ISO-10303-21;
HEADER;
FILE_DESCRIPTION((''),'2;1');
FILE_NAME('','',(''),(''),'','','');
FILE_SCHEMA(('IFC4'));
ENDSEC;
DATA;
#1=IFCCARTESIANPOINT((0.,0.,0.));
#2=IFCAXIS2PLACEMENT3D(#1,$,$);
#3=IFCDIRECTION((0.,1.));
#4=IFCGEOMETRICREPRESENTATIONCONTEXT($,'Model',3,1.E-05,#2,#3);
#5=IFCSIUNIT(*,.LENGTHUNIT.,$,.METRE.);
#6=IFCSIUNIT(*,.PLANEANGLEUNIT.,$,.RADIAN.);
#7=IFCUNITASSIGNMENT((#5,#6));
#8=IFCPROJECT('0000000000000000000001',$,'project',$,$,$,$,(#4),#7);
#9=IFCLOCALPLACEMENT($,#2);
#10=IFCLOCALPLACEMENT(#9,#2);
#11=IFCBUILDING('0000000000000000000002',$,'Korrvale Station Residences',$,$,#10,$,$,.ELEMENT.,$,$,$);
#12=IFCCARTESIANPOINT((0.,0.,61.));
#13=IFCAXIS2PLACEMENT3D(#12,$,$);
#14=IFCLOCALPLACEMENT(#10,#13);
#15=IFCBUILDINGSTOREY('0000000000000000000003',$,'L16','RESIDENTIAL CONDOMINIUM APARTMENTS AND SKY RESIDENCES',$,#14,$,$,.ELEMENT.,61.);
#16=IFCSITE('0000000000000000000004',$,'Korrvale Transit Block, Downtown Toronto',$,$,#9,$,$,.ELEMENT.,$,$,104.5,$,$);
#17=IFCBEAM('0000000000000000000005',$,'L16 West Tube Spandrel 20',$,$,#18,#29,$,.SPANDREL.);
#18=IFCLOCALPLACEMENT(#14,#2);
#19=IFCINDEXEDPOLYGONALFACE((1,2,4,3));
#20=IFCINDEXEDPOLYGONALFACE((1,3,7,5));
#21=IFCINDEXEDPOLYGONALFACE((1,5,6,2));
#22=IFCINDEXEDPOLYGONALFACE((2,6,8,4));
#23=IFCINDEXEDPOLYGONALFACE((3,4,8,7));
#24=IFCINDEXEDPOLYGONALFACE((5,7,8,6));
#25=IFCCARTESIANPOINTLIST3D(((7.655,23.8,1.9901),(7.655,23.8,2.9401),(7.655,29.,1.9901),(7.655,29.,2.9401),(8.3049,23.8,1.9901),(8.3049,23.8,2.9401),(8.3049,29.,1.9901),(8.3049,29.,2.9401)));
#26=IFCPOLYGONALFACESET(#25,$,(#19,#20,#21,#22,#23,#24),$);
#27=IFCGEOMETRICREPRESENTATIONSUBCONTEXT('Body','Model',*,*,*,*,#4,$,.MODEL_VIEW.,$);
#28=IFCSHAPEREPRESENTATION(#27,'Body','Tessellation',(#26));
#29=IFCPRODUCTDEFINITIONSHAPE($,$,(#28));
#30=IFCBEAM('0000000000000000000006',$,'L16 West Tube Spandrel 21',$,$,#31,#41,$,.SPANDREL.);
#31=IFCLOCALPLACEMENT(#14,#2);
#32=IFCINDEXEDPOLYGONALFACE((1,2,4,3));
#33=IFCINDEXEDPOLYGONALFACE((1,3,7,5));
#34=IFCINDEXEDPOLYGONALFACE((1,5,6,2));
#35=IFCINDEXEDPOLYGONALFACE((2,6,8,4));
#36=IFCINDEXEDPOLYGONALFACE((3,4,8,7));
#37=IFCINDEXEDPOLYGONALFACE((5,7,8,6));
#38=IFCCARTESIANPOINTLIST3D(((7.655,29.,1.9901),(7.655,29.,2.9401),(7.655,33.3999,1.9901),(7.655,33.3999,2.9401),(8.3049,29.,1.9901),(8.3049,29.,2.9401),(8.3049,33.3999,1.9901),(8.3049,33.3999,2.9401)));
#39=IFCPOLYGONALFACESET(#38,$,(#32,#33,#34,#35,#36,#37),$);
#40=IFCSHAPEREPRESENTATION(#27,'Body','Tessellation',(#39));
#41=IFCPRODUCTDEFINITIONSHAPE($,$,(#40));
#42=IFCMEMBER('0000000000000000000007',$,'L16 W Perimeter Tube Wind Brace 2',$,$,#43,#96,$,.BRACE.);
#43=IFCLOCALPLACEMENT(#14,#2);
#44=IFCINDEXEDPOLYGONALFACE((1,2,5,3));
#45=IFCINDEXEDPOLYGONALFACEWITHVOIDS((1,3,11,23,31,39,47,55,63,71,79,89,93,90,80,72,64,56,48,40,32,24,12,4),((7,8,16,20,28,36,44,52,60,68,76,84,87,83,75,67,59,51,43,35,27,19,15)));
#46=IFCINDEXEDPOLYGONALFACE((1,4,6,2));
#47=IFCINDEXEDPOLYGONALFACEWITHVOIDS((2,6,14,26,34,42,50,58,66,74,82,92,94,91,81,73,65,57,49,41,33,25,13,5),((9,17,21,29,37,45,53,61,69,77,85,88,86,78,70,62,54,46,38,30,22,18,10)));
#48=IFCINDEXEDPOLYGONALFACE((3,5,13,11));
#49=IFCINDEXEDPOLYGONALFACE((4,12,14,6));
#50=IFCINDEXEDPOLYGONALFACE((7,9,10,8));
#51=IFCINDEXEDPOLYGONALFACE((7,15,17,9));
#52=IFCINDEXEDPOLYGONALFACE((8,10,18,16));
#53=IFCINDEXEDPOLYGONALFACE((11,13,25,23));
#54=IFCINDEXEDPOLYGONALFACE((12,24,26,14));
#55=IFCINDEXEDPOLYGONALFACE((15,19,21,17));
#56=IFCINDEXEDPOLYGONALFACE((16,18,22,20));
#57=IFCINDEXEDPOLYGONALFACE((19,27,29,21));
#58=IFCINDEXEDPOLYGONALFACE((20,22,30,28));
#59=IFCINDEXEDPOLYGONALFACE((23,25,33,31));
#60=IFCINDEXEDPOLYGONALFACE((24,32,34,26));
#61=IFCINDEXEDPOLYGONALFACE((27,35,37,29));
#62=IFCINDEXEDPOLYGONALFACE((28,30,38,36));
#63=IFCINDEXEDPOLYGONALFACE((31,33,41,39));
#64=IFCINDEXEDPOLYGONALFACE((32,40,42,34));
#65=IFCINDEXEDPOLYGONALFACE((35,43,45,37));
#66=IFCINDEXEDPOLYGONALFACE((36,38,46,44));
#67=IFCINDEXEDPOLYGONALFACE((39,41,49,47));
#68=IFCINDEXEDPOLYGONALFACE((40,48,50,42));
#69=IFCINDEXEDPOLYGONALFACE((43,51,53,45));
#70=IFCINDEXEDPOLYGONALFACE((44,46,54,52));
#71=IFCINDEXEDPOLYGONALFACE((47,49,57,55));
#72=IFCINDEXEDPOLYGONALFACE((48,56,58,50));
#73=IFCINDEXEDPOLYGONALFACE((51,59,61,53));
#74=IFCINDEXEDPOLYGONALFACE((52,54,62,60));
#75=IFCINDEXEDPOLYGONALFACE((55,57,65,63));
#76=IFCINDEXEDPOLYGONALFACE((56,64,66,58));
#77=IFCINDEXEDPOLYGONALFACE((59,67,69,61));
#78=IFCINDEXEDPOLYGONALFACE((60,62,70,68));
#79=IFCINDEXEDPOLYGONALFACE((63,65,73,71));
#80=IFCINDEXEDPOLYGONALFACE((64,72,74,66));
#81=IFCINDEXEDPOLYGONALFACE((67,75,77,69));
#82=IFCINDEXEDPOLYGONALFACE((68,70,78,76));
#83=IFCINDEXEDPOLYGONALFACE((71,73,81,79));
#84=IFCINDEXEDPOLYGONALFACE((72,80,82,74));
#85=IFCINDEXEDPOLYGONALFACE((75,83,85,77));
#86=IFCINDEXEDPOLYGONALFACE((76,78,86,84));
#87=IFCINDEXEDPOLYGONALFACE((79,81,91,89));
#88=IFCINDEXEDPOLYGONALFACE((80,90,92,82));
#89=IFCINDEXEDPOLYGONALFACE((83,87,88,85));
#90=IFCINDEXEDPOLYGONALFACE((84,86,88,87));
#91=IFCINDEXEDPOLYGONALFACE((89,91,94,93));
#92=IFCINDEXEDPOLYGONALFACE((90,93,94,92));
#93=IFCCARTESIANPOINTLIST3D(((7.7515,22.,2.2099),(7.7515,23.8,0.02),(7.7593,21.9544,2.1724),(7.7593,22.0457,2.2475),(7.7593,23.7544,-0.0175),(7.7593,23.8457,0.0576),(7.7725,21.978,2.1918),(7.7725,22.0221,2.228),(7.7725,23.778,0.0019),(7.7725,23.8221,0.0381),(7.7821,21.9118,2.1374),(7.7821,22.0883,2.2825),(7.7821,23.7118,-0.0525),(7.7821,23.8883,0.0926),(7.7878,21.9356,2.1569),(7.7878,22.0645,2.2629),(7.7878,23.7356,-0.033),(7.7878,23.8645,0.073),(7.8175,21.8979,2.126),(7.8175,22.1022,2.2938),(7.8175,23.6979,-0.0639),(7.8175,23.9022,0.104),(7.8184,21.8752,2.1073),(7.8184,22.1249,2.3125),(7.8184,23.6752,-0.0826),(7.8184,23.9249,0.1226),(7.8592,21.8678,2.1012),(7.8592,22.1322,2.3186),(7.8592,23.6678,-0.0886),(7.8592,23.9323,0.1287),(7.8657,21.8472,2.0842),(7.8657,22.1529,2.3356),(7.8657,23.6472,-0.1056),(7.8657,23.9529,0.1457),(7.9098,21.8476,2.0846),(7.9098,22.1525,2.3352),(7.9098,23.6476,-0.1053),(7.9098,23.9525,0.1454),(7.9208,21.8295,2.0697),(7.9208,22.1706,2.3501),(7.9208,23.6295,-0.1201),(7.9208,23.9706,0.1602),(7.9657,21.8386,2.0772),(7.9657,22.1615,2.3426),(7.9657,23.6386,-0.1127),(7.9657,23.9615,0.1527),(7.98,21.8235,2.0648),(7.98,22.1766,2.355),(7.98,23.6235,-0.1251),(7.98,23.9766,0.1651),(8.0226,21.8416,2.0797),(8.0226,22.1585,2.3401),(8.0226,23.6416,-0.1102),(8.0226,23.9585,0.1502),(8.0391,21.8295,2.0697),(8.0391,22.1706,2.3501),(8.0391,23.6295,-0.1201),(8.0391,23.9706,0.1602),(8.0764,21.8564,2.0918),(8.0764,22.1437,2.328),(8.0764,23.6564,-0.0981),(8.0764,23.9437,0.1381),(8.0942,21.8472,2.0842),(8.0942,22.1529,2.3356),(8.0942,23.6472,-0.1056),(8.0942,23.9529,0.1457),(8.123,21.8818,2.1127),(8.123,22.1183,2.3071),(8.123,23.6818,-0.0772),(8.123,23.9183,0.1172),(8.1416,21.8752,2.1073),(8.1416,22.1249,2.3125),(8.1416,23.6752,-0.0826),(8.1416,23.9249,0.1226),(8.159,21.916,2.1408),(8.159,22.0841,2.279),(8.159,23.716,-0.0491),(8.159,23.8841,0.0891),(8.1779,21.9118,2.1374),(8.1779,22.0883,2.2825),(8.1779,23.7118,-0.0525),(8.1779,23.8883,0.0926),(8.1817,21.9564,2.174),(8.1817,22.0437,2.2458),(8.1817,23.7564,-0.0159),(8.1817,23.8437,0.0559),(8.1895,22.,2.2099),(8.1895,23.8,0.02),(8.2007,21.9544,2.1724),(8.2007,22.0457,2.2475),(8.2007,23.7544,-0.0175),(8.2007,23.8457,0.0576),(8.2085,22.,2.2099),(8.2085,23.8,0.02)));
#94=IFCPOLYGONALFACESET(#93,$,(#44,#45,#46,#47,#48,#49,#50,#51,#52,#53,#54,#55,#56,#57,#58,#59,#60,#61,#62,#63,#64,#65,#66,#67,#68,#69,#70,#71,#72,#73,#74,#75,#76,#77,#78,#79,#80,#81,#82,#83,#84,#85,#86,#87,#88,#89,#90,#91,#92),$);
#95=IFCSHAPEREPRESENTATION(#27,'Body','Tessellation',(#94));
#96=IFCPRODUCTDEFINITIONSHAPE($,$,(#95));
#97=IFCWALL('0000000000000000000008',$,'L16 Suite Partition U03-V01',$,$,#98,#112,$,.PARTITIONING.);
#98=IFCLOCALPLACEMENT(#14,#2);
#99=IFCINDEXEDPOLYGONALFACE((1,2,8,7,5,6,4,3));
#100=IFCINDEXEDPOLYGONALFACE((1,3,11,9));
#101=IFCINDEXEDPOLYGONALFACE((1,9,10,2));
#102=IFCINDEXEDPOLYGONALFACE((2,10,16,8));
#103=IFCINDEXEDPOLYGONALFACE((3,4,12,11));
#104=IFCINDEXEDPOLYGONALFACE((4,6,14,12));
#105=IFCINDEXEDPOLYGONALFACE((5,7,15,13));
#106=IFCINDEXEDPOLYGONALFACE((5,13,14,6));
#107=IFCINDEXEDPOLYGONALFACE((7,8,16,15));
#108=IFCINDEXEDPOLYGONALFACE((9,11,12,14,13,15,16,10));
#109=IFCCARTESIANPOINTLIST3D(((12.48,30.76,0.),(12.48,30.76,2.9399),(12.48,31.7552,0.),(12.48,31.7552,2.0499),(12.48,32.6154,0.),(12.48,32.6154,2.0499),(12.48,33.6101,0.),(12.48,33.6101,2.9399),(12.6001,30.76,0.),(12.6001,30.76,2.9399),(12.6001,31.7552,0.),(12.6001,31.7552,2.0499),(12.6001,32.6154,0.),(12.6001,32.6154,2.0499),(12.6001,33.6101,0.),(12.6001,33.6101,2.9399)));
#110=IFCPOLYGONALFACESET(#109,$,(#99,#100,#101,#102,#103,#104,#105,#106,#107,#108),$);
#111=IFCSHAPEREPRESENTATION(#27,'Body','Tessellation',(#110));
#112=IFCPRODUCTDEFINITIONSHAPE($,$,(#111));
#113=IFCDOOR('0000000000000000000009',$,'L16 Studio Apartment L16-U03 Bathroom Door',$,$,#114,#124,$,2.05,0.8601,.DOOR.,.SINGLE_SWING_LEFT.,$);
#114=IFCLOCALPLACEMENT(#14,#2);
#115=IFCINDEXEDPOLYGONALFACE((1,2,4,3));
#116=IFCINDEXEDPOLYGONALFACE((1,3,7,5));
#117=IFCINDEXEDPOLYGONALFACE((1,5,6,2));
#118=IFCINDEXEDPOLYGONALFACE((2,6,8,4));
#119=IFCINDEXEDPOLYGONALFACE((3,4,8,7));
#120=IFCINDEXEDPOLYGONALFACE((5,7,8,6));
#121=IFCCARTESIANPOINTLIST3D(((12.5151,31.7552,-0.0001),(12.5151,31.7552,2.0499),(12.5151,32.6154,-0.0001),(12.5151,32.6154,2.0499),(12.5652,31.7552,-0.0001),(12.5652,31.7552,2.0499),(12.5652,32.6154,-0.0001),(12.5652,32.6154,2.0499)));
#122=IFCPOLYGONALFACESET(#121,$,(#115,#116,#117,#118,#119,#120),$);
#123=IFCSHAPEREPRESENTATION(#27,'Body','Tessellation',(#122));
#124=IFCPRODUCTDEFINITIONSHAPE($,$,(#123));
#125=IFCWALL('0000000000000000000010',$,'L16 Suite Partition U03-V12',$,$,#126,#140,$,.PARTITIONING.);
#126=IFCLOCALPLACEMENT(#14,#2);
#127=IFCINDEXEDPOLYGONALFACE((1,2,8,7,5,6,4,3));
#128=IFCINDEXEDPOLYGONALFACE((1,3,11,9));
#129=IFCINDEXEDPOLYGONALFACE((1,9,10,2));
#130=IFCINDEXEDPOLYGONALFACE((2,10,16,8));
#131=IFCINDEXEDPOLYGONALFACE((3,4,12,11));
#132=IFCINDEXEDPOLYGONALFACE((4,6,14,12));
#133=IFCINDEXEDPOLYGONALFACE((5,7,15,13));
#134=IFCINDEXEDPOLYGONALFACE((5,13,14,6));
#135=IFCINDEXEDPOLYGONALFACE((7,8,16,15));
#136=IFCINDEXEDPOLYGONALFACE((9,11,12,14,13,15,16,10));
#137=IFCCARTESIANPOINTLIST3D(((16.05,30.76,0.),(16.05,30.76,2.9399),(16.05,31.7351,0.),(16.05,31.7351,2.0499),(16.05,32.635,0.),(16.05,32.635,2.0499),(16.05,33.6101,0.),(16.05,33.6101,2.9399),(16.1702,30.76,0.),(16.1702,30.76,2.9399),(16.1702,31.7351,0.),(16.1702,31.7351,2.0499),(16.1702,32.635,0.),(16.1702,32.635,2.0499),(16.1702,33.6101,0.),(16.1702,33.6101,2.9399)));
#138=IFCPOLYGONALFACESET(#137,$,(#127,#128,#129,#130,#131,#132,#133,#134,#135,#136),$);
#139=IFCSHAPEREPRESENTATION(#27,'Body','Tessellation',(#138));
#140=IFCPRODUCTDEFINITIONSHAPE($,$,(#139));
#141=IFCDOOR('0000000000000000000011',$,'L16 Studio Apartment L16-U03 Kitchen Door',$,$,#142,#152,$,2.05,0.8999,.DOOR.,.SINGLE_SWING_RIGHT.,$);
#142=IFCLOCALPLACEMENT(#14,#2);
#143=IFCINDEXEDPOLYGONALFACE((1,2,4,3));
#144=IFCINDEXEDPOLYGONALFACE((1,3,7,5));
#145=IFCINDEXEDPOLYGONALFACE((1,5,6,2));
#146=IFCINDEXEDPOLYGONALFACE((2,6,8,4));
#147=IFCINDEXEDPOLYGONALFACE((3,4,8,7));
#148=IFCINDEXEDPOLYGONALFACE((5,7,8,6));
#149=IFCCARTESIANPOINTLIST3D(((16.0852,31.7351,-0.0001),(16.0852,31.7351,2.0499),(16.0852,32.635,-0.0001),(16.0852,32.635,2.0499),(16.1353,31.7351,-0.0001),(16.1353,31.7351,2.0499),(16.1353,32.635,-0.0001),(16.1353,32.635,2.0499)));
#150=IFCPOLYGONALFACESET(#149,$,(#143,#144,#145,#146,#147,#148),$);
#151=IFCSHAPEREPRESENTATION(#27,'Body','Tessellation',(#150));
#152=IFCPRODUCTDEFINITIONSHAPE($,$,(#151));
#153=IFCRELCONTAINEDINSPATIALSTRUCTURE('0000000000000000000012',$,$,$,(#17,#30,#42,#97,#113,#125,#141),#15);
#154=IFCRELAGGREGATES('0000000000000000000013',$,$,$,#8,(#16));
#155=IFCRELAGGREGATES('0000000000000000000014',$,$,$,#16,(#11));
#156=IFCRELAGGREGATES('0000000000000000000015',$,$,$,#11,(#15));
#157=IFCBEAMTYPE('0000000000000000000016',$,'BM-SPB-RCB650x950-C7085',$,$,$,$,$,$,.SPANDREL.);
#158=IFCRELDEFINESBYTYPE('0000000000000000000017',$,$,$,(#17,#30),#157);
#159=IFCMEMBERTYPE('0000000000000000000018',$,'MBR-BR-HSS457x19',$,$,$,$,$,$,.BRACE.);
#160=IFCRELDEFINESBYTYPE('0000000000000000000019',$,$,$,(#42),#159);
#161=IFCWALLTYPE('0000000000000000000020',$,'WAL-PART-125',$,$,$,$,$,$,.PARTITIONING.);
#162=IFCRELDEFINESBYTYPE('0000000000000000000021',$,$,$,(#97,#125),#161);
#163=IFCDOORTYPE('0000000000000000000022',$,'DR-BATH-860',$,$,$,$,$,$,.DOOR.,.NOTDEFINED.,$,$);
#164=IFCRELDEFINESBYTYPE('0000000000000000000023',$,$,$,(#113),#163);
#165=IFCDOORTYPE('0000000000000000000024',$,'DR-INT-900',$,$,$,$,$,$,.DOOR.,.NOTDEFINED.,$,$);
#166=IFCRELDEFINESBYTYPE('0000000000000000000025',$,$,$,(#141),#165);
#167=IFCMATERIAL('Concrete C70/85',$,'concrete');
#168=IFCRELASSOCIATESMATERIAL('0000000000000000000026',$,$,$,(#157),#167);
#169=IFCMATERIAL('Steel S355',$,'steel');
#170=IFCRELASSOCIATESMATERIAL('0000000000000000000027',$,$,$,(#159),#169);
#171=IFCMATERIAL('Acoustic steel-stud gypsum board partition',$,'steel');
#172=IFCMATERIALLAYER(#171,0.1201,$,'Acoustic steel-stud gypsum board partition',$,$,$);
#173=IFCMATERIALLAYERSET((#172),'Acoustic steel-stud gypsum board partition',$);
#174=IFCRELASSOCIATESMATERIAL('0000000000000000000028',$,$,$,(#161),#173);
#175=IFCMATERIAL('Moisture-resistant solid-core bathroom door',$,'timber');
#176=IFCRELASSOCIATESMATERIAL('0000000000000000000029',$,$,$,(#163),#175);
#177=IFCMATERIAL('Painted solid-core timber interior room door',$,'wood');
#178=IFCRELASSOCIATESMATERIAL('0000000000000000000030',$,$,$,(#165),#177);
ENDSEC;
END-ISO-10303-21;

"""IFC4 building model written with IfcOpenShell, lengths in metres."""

from ifc_helpers import new_model, si_unit, direction, frame, frame_2d, origin, origin_2d, place, context, subcontext, project, spatial, rectangle, hollow_circle, extrude, material, layer, layer_set, material_profile, profile_set, type_object, element, fill, save


model = new_model("IFC4")

# Units and contexts
model_context = context("Model", 3, precision=1e-05, world=origin(), true_north=direction((0.0, 1.0)))
body_context = subcontext(model_context, "Body", "Model", "MODEL_VIEW")
ifc_project = project(units=[si_unit("LENGTHUNIT", "METRE"), si_unit("PLANEANGLEUNIT", "RADIAN")], contexts=[model_context])

# Site, building, storey
site_placement = place(None, origin())
site = spatial("IfcSite", under=ifc_project, at=site_placement, Name="Korrvale Transit Block, Downtown Toronto", CompositionType="ELEMENT", RefElevation=104.5)
building_placement = place(site_placement, origin())
building = spatial("IfcBuilding", under=site, at=building_placement, Name="Korrvale Station Residences", CompositionType="ELEMENT")
storey_placement = place(building_placement, frame((0.0, 0.0, 61.0)))
storey = spatial("IfcBuildingStorey", under=building, at=storey_placement, Name="L16", Description="RESIDENTIAL CONDOMINIUM APARTMENTS AND SKY RESIDENCES", CompositionType="ELEMENT", Elevation=61.0)

# Shared definitions
ifc_material_1 = material(Name="Concrete C70/85", Category="concrete")

# Beams
ifc_material_2 = material(Name="Steel S355", Category="steel")
ifc_material_profile_1 = material_profile(ifc_material_1, rectangle(XDim=0.6499, YDim=0.95, at=origin_2d()), Name="RCB650x950")
ifc_profile_set_1 = profile_set([ifc_material_profile_1], Name="Concrete C70/85")
beam_type_1 = type_object("IfcBeamType", Name="BM-SPB-RCB650x950-C7085", PredefinedType="SPANDREL", material=ifc_profile_set_1)
beam_1_placement = place(storey_placement, frame((7.98, 23.8, 2.4651), z_axis=(0.0, 1.0, 0.0), x_axis=(-1.0, 0.0, 0.0)))
element("IfcBeam", 1, at=beam_1_placement, inside=storey, type_object=beam_type_1, Name="L16 West Tube Spandrel 20", PredefinedType="SPANDREL", context=body_context, shape_type="SweptSolid", body=[
    extrude(rectangle(XDim=0.6499, YDim=0.95, at=origin_2d()), origin(), (0.0, 0.0, 1.0), 5.2),
])
beam_2_placement = place(storey_placement, frame((7.98, 29.0, 2.4651), z_axis=(0.0, 1.0, 0.0), x_axis=(-1.0, 0.0, 0.0)))
element("IfcBeam", 2, at=beam_2_placement, inside=storey, type_object=beam_type_1, Name="L16 West Tube Spandrel 21", PredefinedType="SPANDREL", context=body_context, shape_type="SweptSolid", body=[
    extrude(rectangle(XDim=0.6499, YDim=0.95, at=origin_2d()), origin(), (0.0, 0.0, 1.0), 4.3999),
])

# Member
ifc_material_profile_2 = material_profile(ifc_material_2, hollow_circle(Radius=0.2285, WallThickness=0.019, at=origin_2d()), Name="HSS457x19")
ifc_profile_set_2 = profile_set([ifc_material_profile_2], Name="Steel S355")
member_type = type_object("IfcMemberType", Name="MBR-BR-HSS457x19", PredefinedType="BRACE", material=ifc_profile_set_2)
member_placement = place(storey_placement, frame((7.98, 23.8, 0.02), z_axis=(0.0, -0.634985, 0.772524), x_axis=(1.0, 0.0, 0.0)))
element("IfcMember", 3, at=member_placement, inside=storey, type_object=member_type, Name="L16 W Perimeter Tube Wind Brace 2", PredefinedType="BRACE", context=body_context, shape_type="SweptSolid", body=[
    extrude(hollow_circle(Radius=0.2285, WallThickness=0.019, at=origin_2d()), origin(), (0.0, 0.0, 1.0), 2.8347),
])

# Walls, openings, doors
ifc_material_3 = material(Name="Acoustic steel-stud gypsum board partition", Category="steel")
ifc_layer_1 = layer(ifc_material_3, 0.1201, Name="Acoustic steel-stud gypsum board partition")
ifc_layer_set_1 = layer_set([ifc_layer_1], Name="Acoustic steel-stud gypsum board partition")
wall_type_1 = type_object("IfcWallType", Name="WAL-PART-125", PredefinedType="PARTITIONING", material=ifc_layer_set_1)
wall_1_placement = place(storey_placement, frame((12.54, 30.76, 0.0), z_axis=(0.0, 0.0, 1.0), x_axis=(0.0, 1.0, 0.0)))
wall_1 = element("IfcWall", 4, at=wall_1_placement, inside=storey, type_object=wall_type_1, Name="L16 Suite Partition U03-V01", PredefinedType="PARTITIONING", context=body_context, shape_type="SweptSolid", body=[
    extrude(rectangle(XDim=2.8501, YDim=0.1201, at=frame_2d((1.425, 0.0))), origin(), (0.0, 0.0, 1.0), 2.9399),
])
opening_1_placement = place(wall_1_placement, frame((0.9951, 0.0, 0.0)))
opening_1 = element("IfcOpeningElement", 5, at=opening_1_placement, cuts=wall_1, PredefinedType="OPENING", context=body_context, shape_type="SweptSolid", body=[
    extrude(rectangle(XDim=0.8601, YDim=2.05, at=frame_2d((0.4302, 1.0249))), frame((0.0, 0.0701, 0.0), z_axis=(0.0, -1.0, 0.0), x_axis=(1.0, 0.0, 0.0)), (0.0, 0.0, 1.0), 0.1401),
])
ifc_material_4 = material(Name="Moisture-resistant solid-core bathroom door", Category="timber")
door_type_1 = type_object("IfcDoorType", Name="DR-BATH-860", OperationType="NOTDEFINED", PredefinedType="DOOR", material=ifc_material_4)
door_1_placement = place(opening_1_placement, origin())
door_1 = element("IfcDoor", 6, at=door_1_placement, inside=storey, type_object=door_type_1, Name="L16 Studio Apartment L16-U03 Bathroom Door", OperationType="SINGLE_SWING_LEFT", OverallHeight=2.05, OverallWidth=0.8601, PredefinedType="DOOR", context=body_context, shape_type="SweptSolid", body=[
    extrude(rectangle(XDim=0.8601, YDim=2.05, at=frame_2d((0.4302, 1.0249))), frame((0.0, 0.0249, 0.0), z_axis=(0.0, -1.0, 0.0), x_axis=(1.0, 0.0, 0.0)), (0.0, 0.0, 1.0), 0.05),
])
fill(opening_1, door_1)
wall_2_placement = place(storey_placement, frame((16.1101, 30.76, 0.0), z_axis=(0.0, 0.0, 1.0), x_axis=(0.0, 1.0, 0.0)))
wall_2 = element("IfcWall", 7, at=wall_2_placement, inside=storey, type_object=wall_type_1, Name="L16 Suite Partition U03-V12", PredefinedType="PARTITIONING", context=body_context, shape_type="SweptSolid", body=[
    extrude(rectangle(XDim=2.8501, YDim=0.1201, at=frame_2d((1.425, 0.0))), origin(), (0.0, 0.0, 1.0), 2.9399),
])
opening_2_placement = place(wall_2_placement, frame((0.9751, 0.0, 0.0)))
opening_2 = element("IfcOpeningElement", 8, at=opening_2_placement, cuts=wall_2, PredefinedType="OPENING", context=body_context, shape_type="SweptSolid", body=[
    extrude(rectangle(XDim=0.8999, YDim=2.05, at=frame_2d((0.45, 1.0249))), frame((0.0, 0.0701, 0.0), z_axis=(0.0, -1.0, 0.0), x_axis=(1.0, 0.0, 0.0)), (0.0, 0.0, 1.0), 0.1401),
])
ifc_material_5 = material(Name="Painted solid-core timber interior room door", Category="wood")
door_type_2 = type_object("IfcDoorType", Name="DR-INT-900", OperationType="NOTDEFINED", PredefinedType="DOOR", material=ifc_material_5)
door_2_placement = place(opening_2_placement, origin())
door_2 = element("IfcDoor", 9, at=door_2_placement, inside=storey, type_object=door_type_2, Name="L16 Studio Apartment L16-U03 Kitchen Door", OperationType="SINGLE_SWING_RIGHT", OverallHeight=2.05, OverallWidth=0.8999, PredefinedType="DOOR", context=body_context, shape_type="SweptSolid", body=[
    extrude(rectangle(XDim=0.8999, YDim=2.05, at=frame_2d((0.45, 1.0249))), frame((0.0, 0.0249, 0.0), z_axis=(0.0, -1.0, 0.0), x_axis=(1.0, 0.0, 0.0)), (0.0, 0.0, 1.0), 0.05),
])
fill(opening_2, door_2)

save(model, "model.ifc")
